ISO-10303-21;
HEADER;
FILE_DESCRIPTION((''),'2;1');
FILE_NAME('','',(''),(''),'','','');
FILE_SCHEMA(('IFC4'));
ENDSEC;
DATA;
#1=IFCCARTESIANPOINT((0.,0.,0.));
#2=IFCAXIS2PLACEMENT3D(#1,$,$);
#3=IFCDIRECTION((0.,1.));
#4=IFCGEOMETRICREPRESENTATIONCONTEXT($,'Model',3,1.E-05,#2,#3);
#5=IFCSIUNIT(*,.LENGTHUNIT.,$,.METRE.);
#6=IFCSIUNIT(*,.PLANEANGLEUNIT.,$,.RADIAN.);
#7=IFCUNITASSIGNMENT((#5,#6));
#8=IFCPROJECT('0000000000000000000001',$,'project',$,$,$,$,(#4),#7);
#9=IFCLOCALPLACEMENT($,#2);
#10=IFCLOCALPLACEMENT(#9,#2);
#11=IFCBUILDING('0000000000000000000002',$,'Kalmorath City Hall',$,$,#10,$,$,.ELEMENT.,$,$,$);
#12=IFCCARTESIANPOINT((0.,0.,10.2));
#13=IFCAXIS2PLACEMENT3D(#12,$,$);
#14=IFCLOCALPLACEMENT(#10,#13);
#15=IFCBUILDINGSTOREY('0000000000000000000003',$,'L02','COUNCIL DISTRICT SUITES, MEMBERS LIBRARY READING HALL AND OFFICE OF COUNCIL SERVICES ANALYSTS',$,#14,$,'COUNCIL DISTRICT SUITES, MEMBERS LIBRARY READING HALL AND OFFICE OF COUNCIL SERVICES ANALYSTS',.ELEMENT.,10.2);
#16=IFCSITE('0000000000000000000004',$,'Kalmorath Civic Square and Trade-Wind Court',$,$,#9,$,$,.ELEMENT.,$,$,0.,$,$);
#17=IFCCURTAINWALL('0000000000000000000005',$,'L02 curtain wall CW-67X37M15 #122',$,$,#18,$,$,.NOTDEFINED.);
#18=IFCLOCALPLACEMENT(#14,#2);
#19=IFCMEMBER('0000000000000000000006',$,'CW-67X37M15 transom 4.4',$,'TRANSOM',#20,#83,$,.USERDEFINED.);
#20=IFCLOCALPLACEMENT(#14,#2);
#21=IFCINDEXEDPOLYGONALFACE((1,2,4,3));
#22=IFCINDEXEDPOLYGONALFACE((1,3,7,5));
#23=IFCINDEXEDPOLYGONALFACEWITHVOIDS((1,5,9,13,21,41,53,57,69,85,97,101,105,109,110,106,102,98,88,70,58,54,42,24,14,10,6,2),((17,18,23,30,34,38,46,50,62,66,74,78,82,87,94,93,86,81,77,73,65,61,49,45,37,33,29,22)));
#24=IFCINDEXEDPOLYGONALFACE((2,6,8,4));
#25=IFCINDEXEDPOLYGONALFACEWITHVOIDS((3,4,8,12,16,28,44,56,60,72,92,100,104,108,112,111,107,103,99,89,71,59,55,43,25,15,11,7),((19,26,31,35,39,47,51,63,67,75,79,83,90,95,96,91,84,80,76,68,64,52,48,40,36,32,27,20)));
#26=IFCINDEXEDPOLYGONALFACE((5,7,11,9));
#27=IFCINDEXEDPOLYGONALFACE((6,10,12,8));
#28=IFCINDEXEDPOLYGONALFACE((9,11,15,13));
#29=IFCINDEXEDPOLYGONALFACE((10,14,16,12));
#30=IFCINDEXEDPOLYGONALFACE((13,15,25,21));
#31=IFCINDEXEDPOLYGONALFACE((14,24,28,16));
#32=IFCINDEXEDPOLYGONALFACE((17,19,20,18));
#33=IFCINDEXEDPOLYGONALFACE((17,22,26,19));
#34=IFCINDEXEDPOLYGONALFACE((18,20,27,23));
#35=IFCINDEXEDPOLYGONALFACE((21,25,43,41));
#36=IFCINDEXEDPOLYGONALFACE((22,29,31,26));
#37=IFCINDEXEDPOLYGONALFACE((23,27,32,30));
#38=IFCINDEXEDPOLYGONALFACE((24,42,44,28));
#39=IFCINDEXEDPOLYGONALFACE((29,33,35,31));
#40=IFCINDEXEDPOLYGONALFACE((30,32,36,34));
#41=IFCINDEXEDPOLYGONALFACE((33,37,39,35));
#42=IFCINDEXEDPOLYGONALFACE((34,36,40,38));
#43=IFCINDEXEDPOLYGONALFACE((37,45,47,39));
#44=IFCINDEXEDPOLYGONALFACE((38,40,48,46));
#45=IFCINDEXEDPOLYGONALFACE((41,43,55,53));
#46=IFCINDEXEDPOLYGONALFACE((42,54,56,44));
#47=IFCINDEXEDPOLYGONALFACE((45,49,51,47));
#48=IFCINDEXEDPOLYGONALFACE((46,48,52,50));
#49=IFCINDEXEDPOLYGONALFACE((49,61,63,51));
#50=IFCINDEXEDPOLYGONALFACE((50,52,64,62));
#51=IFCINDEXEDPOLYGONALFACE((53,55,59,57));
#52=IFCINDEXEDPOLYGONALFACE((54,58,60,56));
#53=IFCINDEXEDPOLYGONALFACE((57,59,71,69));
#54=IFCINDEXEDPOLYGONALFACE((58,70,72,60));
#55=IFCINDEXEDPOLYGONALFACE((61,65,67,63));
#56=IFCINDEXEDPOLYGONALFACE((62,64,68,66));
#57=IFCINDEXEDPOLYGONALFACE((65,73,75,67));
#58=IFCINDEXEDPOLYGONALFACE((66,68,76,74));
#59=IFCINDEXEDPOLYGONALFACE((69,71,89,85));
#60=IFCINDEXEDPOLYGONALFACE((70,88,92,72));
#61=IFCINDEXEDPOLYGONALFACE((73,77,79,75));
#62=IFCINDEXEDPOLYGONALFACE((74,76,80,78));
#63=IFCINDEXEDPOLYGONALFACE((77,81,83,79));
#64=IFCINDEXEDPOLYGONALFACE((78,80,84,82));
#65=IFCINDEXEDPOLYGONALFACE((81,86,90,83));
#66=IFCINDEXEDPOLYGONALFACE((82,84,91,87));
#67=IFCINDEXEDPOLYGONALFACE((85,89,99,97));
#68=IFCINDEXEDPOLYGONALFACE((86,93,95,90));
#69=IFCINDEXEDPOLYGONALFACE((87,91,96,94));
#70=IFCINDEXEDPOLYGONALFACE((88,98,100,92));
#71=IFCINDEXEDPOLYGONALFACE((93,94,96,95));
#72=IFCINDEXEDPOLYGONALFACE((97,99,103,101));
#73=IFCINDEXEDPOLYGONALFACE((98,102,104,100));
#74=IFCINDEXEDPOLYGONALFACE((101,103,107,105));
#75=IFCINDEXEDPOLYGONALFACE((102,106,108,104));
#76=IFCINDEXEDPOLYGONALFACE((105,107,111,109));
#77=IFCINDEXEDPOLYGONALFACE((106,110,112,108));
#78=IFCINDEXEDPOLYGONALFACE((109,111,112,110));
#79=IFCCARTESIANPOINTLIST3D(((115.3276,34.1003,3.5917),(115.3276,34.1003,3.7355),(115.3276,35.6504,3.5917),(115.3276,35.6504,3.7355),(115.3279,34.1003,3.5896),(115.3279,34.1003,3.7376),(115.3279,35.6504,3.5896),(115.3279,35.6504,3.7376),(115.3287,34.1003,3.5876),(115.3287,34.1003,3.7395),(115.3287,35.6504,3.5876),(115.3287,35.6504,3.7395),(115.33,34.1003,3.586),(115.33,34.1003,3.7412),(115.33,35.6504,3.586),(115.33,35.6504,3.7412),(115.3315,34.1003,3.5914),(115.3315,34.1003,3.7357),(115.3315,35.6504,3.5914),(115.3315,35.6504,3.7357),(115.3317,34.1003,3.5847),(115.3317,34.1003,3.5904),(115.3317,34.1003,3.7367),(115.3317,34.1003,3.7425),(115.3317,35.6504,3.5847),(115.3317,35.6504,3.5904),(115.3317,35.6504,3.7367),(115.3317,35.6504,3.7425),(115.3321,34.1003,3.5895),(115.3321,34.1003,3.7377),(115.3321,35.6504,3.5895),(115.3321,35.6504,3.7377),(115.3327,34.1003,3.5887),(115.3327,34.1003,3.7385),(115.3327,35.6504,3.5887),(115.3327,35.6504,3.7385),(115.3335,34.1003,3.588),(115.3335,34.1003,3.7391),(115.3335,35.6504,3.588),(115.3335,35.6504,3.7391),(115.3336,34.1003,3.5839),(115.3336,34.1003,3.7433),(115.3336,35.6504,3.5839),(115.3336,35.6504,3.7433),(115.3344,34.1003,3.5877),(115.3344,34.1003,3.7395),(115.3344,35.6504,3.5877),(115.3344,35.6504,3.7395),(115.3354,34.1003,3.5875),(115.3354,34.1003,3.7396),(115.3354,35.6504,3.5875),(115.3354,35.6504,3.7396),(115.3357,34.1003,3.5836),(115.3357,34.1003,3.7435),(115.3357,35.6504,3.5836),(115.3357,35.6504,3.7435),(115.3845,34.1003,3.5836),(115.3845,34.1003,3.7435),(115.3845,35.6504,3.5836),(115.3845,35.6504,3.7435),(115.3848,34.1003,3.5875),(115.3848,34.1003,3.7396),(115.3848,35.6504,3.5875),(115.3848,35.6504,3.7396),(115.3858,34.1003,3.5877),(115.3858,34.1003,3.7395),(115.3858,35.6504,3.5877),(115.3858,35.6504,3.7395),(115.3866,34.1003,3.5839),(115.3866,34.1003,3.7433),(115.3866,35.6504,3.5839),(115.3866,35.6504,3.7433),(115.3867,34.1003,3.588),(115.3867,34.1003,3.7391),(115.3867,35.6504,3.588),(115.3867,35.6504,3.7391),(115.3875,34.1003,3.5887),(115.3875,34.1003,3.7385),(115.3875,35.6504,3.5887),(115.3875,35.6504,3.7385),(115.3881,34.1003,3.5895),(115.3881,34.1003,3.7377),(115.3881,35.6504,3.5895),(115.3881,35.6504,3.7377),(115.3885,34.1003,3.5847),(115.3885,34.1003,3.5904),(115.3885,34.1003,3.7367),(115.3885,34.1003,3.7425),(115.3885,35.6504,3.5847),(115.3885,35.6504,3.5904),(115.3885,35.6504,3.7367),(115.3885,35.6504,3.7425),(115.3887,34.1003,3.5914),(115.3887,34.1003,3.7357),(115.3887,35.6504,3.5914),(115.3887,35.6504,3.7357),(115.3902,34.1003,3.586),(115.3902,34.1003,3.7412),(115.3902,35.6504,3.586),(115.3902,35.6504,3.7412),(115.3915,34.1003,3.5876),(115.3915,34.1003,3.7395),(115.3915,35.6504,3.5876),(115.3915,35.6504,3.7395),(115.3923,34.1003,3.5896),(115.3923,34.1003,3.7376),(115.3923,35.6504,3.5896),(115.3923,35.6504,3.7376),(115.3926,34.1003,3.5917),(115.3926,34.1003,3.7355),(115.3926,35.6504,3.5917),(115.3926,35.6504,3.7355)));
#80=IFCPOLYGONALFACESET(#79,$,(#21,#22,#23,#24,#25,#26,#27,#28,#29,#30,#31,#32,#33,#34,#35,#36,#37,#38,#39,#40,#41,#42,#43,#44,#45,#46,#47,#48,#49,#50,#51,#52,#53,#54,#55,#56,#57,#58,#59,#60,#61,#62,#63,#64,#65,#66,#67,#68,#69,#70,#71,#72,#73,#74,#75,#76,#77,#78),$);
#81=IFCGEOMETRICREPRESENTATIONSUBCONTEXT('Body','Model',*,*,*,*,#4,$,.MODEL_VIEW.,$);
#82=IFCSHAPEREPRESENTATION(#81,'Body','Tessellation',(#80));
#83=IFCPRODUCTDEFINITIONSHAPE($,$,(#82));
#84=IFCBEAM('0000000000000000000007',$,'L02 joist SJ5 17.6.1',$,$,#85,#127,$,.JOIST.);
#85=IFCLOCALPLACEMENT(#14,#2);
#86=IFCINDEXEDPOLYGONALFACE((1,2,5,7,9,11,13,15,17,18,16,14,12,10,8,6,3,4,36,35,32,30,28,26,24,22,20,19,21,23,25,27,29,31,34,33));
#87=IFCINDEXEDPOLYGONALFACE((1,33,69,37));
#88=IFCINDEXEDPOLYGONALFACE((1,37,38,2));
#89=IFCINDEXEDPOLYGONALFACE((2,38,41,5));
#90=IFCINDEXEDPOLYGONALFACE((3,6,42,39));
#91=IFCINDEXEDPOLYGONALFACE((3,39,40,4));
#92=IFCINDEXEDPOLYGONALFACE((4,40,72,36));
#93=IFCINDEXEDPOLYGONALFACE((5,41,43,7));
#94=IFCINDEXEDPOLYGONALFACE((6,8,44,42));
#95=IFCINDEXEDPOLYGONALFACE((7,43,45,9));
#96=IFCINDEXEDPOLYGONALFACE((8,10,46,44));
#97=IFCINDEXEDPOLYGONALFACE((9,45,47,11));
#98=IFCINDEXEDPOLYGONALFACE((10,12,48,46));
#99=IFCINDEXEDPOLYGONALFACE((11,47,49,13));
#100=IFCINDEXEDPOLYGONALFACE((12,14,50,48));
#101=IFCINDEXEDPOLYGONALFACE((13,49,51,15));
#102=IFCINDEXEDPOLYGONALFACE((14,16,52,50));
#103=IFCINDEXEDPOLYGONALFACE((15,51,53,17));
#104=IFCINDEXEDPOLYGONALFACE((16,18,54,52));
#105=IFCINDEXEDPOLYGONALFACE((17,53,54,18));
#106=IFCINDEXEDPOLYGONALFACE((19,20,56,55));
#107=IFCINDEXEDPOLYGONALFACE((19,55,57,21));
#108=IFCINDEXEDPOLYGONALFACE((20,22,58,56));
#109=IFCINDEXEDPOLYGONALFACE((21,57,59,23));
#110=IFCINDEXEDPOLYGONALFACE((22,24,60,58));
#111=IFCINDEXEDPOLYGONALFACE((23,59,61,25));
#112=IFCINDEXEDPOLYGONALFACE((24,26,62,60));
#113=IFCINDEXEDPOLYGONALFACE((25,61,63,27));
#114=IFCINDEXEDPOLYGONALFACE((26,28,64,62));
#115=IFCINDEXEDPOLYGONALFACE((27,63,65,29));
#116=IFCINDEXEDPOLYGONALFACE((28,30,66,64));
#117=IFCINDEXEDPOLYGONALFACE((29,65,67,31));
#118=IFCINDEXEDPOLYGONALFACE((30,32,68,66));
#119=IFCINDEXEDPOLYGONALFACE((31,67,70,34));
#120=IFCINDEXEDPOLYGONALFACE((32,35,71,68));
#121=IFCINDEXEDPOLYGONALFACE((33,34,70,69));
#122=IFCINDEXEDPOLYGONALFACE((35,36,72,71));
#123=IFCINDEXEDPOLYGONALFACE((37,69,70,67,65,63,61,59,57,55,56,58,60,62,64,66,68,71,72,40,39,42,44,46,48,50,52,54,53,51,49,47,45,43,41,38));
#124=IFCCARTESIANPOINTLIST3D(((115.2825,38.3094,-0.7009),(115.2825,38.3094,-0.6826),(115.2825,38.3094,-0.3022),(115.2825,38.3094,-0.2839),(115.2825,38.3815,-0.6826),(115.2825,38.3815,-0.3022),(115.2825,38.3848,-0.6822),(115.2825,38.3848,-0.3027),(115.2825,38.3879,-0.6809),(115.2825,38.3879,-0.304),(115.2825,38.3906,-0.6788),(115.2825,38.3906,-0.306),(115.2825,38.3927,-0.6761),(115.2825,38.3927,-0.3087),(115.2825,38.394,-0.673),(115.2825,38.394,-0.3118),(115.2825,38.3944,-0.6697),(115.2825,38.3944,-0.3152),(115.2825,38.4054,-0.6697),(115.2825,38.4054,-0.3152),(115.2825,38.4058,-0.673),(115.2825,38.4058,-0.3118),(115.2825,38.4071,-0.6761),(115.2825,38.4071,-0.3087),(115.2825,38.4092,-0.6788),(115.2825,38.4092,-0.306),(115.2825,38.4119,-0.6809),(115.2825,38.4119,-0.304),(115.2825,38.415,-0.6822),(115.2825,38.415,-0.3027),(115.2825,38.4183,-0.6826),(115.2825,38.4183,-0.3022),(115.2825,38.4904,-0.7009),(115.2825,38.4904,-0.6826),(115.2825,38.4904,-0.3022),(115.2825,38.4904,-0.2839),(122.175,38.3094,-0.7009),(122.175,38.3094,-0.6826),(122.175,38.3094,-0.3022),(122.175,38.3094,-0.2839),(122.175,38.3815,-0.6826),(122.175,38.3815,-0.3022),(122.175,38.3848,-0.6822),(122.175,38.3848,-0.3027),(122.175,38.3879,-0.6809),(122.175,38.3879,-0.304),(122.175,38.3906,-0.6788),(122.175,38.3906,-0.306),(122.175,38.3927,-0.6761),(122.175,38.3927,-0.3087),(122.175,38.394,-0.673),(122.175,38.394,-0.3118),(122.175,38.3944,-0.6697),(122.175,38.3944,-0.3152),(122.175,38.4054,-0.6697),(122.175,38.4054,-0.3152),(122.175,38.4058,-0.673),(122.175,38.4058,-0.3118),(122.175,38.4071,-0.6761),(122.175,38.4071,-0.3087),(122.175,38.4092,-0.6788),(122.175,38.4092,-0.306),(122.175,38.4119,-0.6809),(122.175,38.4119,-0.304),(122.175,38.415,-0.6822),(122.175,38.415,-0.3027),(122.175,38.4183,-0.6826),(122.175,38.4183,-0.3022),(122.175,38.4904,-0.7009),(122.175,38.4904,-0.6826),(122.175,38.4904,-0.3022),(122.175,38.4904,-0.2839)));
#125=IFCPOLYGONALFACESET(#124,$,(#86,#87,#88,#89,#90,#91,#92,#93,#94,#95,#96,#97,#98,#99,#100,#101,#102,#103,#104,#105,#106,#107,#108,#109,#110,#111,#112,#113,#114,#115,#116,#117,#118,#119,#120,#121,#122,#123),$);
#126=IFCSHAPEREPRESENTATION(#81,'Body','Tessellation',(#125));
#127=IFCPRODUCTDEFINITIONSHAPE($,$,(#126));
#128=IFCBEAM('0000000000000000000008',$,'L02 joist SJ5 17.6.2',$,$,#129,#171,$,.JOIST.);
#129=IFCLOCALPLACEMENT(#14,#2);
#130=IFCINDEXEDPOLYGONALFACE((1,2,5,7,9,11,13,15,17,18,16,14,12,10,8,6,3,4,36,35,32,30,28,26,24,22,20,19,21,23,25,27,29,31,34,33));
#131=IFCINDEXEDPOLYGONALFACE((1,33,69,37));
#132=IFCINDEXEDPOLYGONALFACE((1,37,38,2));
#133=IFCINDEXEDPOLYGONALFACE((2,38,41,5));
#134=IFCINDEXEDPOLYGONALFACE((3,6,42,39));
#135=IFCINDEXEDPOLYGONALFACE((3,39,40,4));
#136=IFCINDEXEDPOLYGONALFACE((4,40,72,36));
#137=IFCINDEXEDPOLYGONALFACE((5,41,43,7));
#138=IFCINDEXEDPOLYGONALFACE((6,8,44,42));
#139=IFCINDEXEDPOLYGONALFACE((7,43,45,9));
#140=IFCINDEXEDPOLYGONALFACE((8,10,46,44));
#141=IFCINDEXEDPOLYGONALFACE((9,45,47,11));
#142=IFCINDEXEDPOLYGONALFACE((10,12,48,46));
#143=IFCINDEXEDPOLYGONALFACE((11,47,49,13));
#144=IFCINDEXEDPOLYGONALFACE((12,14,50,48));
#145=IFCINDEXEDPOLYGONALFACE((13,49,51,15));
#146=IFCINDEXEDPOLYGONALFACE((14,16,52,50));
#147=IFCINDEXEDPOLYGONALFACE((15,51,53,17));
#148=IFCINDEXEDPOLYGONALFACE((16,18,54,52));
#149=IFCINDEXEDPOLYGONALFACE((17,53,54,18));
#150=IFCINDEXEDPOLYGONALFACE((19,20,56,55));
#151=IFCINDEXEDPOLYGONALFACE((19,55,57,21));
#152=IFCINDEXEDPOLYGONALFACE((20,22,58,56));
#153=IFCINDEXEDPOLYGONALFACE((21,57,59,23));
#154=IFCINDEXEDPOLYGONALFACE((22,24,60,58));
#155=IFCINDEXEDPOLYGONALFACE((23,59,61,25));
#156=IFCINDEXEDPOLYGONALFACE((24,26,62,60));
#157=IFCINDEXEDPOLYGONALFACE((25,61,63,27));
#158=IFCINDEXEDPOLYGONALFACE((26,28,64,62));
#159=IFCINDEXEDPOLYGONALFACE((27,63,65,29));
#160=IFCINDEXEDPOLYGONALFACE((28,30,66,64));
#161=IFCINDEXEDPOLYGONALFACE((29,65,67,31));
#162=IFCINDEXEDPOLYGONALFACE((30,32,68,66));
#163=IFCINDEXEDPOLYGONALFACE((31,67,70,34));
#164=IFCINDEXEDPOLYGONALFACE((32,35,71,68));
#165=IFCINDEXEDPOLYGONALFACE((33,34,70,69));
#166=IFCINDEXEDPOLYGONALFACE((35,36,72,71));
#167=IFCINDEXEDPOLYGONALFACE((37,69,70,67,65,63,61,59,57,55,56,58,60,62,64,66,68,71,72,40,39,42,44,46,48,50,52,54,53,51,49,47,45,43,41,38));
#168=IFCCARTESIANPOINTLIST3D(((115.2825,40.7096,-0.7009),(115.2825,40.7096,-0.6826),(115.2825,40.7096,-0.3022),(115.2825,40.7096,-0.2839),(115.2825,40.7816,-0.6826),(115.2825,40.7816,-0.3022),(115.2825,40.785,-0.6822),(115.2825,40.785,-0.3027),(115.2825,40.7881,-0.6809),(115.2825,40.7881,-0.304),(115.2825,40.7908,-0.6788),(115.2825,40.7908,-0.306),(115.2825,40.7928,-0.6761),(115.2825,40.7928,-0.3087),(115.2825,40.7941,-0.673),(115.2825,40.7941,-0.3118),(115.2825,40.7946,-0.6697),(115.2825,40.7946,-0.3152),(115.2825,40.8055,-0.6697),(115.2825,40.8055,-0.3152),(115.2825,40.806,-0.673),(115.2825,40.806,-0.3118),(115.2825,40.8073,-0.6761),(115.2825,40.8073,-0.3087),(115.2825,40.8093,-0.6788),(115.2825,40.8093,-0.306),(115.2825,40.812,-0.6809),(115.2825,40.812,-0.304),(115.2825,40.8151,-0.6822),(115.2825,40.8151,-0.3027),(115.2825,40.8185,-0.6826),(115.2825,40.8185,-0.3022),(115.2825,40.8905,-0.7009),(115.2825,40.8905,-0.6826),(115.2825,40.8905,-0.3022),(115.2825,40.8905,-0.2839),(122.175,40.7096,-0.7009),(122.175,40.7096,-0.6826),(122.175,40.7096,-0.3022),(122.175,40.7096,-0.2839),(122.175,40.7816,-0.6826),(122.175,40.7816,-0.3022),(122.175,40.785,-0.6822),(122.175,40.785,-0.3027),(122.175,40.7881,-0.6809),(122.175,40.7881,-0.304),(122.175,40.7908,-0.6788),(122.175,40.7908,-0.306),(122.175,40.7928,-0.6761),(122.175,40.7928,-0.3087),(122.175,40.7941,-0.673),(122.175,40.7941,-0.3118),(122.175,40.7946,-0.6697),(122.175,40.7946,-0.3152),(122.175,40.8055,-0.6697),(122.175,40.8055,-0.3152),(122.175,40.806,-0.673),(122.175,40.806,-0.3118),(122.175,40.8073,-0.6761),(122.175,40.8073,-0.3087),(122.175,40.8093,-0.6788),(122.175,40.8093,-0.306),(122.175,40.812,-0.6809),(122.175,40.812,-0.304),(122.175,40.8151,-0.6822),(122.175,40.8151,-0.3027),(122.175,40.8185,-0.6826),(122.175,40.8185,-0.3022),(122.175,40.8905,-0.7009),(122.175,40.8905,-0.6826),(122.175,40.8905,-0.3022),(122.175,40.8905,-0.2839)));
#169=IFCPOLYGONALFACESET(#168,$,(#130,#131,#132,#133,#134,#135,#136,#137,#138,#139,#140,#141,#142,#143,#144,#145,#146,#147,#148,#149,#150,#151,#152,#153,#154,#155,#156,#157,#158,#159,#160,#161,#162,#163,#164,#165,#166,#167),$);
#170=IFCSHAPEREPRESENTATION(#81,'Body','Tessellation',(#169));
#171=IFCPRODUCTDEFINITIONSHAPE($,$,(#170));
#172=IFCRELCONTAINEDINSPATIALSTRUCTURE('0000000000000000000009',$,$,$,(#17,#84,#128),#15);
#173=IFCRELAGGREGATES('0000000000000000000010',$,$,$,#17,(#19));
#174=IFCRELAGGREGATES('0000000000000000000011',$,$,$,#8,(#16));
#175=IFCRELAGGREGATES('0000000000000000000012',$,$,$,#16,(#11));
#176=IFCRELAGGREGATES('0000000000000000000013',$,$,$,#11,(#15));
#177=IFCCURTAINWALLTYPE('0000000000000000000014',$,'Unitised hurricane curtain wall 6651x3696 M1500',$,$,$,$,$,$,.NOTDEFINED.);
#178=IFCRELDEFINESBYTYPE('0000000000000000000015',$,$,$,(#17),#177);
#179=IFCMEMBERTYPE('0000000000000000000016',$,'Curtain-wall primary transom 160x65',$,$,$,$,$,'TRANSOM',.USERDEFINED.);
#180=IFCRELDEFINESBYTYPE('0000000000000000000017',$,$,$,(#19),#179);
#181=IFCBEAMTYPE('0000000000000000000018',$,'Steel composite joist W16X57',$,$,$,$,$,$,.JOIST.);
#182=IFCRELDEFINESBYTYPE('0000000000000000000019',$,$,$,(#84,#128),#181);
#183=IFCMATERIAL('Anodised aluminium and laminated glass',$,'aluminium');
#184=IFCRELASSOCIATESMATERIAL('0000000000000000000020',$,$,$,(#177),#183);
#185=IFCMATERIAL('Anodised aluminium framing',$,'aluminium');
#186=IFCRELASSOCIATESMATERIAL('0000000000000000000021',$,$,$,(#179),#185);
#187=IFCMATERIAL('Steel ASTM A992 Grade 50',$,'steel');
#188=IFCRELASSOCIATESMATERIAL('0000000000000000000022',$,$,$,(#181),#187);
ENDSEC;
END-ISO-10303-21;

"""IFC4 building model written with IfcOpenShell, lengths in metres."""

from ifc_helpers import new_model, si_unit, direction, frame, origin, origin_2d, place, context, subcontext, project, spatial, hollow_rectangle, i_section, extrude, material, material_profile, profile_set, type_object, element, aggregate, save


model = new_model("IFC4")

# Units and contexts
model_context = context("Model", 3, precision=1e-05, world=origin(), true_north=direction((0.0, 1.0)))
body_context = subcontext(model_context, "Body", "Model", "MODEL_VIEW")
ifc_project = project(units=[si_unit("LENGTHUNIT", "METRE"), si_unit("PLANEANGLEUNIT", "RADIAN")], contexts=[model_context])

# Site, building, storey
site_placement = place(None, origin())
site = spatial("IfcSite", under=ifc_project, at=site_placement, Name="Kalmorath Civic Square and Trade-Wind Court", CompositionType="ELEMENT", RefElevation=0.0)
building_placement = place(site_placement, origin())
building = spatial("IfcBuilding", under=site, at=building_placement, Name="Kalmorath City Hall", CompositionType="ELEMENT")
storey_placement = place(building_placement, frame((0.0, 0.0, 10.2)))
storey = spatial("IfcBuildingStorey", under=building, at=storey_placement, Name="L02", Description="COUNCIL DISTRICT SUITES, MEMBERS LIBRARY READING HALL AND OFFICE OF COUNCIL SERVICES ANALYSTS", LongName="COUNCIL DISTRICT SUITES, MEMBERS LIBRARY READING HALL AND OFFICE OF COUNCIL SERVICES ANALYSTS", CompositionType="ELEMENT", Elevation=10.2)

# Curtain wall, member
ifc_material_1 = material(Name="Anodised aluminium and laminated glass", Category="aluminium")
curtain_wall_type = type_object("IfcCurtainWallType", Name="Unitised hurricane curtain wall 6651x3696 M1500", PredefinedType="NOTDEFINED", material=ifc_material_1)
curtain_wall_placement = place(storey_placement, origin())
curtain_wall = element("IfcCurtainWall", 1, at=curtain_wall_placement, inside=storey, type_object=curtain_wall_type, Name="L02 curtain wall CW-67X37M15 #122", PredefinedType="NOTDEFINED")
ifc_material_2 = material(Name="Anodised aluminium framing", Category="aluminium")
ifc_material_profile_1 = material_profile(ifc_material_2, hollow_rectangle(XDim=0.0649, YDim=0.1599, WallThickness=0.0039, InnerFilletRadius=0.0039, OuterFilletRadius=0.0081, at=origin_2d()), Name="ALU-TRN-160X65X4")
ifc_profile_set_1 = profile_set([ifc_material_profile_1], Name="Anodised aluminium framing")
member_type_1 = type_object("IfcMemberType", Name="Curtain-wall primary transom 160x65", ElementType="TRANSOM", PredefinedType="USERDEFINED", material=ifc_profile_set_1)
member_1_placement = place(storey_placement, frame((115.3601, 34.1003, 3.6636), z_axis=(0.0, 1.0, 0.0), x_axis=(-1.0, 0.0, 0.0)))
member_1 = element("IfcMember", 2, at=member_1_placement, type_object=member_type_1, Name="CW-67X37M15 transom 4.4", ObjectType="TRANSOM", PredefinedType="USERDEFINED", context=body_context, shape_type="SweptSolid", body=[
    extrude(hollow_rectangle(XDim=0.0649, YDim=0.1599, WallThickness=0.0039, InnerFilletRadius=0.0039, OuterFilletRadius=0.0081, at=origin_2d()), origin(), (0.0, 0.0, 1.0), 1.55),
])

# Beams
ifc_material_3 = material(Name="Steel ASTM A992 Grade 50", Category="steel")
ifc_material_profile_2 = material_profile(ifc_material_3, i_section(OverallWidth=0.1809, OverallDepth=0.417, WebThickness=0.011, FlangeThickness=0.0183, FilletRadius=0.0129, at=origin_2d()), Name="W16X57")
ifc_profile_set_2 = profile_set([ifc_material_profile_2], Name="Steel ASTM A992 Grade 50")
beam_type_1 = type_object("IfcBeamType", Name="Steel composite joist W16X57", PredefinedType="JOIST", material=ifc_profile_set_2)
for number, where, z_axis, x_axis, name in (
    (3, (115.2825, 38.3999, -0.4924), (1.0, 0.0, 0.0), (0.0, 1.0, 0.0), "L02 joist SJ5 17.6.1"),
    (4, (115.2825, 40.8, -0.4924), (1.0, 0.0, 0.0), (0.0, 1.0, 0.0), "L02 joist SJ5 17.6.2"),
):
    element("IfcBeam", number, at=place(storey_placement, frame(where, z_axis=z_axis, x_axis=x_axis)), inside=storey, type_object=beam_type_1, Name=name, PredefinedType="JOIST", context=body_context, shape_type="SweptSolid", body=[
        extrude(i_section(OverallWidth=0.1809, OverallDepth=0.417, WebThickness=0.011, FlangeThickness=0.0183, FilletRadius=0.0129, at=origin_2d()), origin(), (0.0, 0.0, 1.0), 6.8926),
    ])

aggregate(curtain_wall, [member_1])

save(model, "model.ifc")
